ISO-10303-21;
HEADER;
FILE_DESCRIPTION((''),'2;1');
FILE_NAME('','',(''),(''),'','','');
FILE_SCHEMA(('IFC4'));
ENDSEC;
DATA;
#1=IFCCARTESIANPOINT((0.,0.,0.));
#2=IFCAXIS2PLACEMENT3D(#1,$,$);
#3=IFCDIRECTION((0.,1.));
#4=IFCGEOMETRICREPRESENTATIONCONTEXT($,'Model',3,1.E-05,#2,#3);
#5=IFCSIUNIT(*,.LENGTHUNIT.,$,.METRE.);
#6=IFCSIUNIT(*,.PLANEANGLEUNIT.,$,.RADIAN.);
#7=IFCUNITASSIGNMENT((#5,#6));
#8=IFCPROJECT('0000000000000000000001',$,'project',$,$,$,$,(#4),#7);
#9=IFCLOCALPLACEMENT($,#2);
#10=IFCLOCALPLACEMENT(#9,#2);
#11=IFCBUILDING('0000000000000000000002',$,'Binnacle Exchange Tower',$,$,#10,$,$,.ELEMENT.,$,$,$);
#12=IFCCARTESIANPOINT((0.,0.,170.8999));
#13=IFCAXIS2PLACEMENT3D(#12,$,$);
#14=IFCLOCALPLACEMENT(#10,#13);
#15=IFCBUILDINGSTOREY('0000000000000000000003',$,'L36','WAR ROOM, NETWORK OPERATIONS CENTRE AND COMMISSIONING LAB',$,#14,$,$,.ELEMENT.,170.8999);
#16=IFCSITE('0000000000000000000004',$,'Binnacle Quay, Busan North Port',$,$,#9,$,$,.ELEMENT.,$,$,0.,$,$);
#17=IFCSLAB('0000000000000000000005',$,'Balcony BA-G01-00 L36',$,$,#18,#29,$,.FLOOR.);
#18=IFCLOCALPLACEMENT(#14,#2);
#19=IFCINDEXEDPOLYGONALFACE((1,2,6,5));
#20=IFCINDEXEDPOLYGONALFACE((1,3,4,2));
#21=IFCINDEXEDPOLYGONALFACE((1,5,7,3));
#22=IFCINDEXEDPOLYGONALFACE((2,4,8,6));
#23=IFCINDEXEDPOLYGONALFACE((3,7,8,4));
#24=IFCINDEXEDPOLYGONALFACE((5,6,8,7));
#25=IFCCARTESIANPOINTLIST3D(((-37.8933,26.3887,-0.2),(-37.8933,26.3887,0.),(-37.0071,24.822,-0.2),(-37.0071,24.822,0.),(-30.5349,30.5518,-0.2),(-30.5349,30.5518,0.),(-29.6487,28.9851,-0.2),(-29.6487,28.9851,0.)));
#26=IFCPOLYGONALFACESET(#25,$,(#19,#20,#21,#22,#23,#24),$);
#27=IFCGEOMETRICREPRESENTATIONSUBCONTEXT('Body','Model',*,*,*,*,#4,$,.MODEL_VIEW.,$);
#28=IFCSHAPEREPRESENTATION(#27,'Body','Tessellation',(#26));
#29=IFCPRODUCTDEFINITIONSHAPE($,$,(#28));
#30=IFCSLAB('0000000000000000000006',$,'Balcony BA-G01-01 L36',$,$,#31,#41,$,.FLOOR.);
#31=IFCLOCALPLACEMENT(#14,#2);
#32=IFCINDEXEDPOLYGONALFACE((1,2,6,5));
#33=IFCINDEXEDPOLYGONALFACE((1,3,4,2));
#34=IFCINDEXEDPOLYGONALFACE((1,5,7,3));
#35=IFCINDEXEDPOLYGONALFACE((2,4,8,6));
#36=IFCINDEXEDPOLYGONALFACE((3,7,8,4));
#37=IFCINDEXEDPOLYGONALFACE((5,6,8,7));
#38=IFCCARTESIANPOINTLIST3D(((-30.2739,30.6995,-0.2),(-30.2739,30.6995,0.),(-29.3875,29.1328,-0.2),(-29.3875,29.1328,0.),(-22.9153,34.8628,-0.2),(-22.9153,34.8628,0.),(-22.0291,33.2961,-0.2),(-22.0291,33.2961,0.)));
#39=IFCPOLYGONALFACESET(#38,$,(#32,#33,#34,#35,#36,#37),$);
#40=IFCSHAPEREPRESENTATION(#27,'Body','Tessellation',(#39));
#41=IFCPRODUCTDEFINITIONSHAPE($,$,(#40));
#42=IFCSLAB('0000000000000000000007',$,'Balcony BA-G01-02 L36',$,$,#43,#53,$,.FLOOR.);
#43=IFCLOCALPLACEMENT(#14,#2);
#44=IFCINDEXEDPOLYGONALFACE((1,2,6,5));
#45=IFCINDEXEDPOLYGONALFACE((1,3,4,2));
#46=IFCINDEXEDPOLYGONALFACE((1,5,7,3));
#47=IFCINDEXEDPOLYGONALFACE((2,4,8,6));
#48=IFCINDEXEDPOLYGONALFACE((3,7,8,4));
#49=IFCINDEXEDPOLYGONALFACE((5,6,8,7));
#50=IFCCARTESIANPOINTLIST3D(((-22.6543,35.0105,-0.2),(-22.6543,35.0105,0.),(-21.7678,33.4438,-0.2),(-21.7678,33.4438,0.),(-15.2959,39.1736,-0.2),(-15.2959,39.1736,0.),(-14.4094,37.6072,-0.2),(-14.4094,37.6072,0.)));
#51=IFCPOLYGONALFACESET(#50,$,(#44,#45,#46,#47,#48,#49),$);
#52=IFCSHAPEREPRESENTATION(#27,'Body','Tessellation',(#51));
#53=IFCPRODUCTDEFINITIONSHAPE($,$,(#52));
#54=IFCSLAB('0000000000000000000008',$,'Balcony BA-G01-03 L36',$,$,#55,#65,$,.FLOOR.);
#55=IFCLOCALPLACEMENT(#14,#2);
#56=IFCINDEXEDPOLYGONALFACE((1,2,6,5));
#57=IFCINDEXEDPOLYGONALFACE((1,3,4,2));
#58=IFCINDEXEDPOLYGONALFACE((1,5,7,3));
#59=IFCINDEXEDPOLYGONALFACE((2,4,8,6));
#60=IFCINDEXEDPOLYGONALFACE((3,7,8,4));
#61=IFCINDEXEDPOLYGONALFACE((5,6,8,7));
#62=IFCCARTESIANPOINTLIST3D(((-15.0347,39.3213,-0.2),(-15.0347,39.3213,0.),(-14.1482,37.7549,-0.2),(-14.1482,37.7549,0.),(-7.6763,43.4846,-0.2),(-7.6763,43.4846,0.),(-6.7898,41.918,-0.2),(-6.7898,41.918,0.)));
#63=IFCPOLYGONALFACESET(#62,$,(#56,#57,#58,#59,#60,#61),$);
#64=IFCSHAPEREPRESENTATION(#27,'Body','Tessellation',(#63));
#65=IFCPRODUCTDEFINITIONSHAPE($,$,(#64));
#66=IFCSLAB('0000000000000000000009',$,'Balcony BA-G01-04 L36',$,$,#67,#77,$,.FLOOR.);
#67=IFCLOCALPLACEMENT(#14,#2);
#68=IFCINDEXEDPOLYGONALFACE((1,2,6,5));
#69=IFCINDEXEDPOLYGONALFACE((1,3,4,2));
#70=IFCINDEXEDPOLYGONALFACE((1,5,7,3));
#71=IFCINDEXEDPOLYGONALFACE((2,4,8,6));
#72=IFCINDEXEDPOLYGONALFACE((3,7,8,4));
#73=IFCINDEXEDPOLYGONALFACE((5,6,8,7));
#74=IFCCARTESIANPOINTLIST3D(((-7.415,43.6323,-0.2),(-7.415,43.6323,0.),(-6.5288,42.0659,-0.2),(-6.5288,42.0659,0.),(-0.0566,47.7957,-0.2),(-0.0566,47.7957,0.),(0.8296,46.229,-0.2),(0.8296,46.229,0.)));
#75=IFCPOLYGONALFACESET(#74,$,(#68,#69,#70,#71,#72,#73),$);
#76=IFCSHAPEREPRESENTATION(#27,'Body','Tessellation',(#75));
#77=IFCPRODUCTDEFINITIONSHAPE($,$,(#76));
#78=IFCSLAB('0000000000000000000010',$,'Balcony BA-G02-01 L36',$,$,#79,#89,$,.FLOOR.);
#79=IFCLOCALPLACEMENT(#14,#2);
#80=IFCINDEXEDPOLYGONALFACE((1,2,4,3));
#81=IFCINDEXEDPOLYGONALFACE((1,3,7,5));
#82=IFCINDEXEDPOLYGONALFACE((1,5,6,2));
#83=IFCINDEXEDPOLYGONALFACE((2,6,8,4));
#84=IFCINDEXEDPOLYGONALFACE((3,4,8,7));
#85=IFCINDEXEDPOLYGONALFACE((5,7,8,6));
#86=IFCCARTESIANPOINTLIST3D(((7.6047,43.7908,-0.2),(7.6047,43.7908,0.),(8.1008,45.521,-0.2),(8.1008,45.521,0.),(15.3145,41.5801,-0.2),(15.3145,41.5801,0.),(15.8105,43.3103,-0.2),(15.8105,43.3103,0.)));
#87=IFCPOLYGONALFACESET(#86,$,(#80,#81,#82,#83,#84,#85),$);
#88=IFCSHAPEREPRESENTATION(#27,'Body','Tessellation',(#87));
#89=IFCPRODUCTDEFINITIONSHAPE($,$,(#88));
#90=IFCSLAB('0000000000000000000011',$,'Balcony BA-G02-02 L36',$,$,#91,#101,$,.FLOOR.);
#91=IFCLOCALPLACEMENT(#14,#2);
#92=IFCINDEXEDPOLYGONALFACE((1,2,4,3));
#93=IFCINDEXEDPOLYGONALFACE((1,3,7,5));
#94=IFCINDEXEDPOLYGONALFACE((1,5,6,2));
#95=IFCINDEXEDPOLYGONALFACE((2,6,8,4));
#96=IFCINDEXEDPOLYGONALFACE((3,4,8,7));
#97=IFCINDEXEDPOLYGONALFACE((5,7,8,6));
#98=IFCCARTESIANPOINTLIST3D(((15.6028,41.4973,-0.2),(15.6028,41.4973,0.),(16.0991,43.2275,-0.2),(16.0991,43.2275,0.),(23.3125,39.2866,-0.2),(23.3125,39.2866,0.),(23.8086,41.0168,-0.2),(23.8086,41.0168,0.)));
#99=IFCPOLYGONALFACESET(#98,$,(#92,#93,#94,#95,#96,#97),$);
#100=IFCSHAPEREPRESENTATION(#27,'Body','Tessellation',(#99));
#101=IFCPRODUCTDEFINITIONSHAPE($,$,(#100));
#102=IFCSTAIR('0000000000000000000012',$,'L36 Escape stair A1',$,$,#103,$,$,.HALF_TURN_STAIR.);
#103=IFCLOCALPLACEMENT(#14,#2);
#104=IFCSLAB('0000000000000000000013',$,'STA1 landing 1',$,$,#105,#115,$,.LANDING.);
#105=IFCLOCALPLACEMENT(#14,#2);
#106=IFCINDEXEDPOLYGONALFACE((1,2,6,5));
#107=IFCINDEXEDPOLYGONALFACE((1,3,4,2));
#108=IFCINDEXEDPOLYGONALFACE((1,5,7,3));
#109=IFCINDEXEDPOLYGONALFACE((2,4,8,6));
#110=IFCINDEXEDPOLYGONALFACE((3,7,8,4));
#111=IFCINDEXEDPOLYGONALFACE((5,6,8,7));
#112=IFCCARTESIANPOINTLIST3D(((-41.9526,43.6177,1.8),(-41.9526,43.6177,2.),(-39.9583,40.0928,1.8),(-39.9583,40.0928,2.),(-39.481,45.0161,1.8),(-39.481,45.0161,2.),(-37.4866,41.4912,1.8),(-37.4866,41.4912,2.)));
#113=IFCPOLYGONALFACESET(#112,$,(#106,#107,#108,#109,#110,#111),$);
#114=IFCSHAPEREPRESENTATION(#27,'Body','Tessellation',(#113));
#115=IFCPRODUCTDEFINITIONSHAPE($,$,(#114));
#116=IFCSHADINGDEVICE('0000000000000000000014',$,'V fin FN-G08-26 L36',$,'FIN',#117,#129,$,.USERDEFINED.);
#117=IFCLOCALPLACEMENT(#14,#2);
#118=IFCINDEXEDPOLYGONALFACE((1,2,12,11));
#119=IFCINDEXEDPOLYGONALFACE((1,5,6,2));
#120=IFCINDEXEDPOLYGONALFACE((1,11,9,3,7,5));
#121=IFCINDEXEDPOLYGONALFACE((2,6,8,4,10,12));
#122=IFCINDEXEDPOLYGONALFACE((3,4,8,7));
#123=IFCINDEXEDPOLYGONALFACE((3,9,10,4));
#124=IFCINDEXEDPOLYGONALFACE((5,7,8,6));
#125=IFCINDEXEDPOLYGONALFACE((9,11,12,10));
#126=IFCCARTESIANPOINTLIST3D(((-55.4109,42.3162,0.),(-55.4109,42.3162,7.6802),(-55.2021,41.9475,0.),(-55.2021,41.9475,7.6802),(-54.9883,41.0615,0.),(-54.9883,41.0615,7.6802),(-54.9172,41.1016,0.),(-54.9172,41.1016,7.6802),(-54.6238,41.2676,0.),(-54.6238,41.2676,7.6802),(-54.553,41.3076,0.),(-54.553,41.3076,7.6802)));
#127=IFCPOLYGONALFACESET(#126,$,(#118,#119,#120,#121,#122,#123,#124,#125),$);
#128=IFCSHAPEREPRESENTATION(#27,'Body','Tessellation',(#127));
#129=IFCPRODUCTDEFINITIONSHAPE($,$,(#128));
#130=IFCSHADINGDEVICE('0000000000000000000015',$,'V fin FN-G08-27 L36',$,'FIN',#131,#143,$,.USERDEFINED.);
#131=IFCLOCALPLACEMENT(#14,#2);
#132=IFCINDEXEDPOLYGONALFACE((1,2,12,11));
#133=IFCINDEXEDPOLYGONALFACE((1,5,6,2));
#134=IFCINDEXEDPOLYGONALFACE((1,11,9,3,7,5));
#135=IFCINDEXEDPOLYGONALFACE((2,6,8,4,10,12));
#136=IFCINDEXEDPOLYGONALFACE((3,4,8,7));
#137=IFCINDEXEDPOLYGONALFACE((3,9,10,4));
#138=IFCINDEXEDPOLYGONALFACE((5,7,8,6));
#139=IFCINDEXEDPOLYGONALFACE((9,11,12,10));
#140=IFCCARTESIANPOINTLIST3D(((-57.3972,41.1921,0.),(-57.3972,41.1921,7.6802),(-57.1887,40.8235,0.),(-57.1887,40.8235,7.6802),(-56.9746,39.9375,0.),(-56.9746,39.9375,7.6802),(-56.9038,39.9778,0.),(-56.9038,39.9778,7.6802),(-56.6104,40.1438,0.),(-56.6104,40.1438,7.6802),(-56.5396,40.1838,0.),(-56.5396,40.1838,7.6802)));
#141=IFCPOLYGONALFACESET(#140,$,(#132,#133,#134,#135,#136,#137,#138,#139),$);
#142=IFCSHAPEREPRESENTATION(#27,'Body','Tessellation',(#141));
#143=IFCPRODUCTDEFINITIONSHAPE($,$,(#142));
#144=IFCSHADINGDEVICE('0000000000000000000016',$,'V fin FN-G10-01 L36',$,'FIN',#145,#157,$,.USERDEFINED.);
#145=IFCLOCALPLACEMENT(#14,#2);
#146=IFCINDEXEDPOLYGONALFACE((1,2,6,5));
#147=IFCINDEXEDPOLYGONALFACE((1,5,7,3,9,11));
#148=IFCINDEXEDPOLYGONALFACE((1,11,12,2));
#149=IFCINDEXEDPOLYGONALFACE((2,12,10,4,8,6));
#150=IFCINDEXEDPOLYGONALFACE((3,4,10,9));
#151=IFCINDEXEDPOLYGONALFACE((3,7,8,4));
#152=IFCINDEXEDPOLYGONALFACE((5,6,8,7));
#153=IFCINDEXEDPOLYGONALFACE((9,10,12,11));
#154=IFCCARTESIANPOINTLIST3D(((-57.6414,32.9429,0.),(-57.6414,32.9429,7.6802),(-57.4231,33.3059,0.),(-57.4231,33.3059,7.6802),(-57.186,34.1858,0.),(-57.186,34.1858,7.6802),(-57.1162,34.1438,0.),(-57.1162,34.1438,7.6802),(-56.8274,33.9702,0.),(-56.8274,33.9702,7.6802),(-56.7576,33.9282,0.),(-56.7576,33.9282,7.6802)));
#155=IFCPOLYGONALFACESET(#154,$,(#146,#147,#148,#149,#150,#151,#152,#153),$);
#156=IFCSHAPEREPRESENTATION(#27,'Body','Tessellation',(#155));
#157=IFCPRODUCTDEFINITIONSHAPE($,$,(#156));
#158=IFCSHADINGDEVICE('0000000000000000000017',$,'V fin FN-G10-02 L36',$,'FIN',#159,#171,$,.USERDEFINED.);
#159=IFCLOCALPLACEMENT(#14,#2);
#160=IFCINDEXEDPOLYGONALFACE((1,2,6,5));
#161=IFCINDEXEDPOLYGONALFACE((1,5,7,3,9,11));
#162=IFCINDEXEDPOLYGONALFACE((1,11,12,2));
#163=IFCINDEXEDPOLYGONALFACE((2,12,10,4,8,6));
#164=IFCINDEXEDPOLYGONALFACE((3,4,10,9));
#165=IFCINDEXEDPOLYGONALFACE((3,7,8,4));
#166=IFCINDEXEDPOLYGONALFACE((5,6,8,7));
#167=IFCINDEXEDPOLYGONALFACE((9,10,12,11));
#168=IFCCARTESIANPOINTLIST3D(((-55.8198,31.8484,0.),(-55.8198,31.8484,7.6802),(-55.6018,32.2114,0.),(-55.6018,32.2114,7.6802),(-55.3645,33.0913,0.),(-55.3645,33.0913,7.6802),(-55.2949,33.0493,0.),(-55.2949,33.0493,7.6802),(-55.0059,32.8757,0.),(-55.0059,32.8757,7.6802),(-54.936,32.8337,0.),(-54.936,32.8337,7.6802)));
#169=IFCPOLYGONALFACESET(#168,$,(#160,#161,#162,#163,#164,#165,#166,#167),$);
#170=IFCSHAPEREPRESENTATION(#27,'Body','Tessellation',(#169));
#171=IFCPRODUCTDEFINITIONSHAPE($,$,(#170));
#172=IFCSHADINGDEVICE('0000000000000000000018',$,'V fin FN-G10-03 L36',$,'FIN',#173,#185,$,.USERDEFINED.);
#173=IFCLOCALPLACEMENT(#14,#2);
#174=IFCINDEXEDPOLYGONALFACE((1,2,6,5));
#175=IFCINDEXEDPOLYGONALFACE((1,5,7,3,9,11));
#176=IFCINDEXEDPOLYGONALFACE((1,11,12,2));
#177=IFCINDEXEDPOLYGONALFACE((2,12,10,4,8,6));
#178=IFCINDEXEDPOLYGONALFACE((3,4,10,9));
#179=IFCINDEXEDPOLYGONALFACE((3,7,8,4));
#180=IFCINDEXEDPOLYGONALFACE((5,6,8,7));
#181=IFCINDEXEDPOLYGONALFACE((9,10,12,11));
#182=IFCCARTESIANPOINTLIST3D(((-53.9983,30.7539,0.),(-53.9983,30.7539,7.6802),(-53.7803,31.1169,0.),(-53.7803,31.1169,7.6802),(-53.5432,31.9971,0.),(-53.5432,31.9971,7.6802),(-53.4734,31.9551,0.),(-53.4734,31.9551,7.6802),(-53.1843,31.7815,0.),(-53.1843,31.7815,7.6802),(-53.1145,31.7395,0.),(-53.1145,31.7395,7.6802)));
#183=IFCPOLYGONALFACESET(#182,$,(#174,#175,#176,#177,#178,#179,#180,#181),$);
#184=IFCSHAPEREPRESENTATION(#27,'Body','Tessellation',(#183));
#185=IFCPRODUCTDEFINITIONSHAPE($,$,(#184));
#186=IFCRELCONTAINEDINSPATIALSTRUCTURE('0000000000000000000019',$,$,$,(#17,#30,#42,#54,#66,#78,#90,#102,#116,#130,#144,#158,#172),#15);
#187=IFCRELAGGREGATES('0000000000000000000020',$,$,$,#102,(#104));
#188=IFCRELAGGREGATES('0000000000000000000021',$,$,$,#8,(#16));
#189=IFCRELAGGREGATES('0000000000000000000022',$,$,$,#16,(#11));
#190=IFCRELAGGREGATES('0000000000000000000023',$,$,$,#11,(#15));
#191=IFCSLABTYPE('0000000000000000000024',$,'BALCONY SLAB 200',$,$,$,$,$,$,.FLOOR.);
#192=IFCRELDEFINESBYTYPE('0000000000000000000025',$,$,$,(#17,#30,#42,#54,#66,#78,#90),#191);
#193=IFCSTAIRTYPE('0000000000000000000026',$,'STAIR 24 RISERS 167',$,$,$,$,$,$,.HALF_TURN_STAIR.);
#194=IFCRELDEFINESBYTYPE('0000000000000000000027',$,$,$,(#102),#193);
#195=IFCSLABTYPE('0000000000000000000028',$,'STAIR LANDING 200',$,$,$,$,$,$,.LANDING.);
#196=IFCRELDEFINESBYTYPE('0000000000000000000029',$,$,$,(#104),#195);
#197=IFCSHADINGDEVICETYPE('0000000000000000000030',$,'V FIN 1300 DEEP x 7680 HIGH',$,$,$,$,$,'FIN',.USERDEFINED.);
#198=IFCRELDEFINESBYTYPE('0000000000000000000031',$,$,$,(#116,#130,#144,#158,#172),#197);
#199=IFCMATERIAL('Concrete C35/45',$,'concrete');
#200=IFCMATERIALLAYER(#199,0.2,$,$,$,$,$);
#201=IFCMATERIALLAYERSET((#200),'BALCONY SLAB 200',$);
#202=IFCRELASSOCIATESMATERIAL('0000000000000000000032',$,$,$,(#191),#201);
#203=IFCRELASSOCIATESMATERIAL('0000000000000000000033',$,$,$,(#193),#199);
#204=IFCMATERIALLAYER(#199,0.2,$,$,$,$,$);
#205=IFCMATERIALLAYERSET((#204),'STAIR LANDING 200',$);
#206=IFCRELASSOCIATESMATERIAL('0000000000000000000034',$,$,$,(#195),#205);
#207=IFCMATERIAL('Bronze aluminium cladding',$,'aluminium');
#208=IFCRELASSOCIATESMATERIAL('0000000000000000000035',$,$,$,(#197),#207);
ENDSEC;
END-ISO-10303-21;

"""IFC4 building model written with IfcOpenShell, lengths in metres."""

from ifc_helpers import new_model, si_unit, direction, frame, origin, place, context, subcontext, project, spatial, polyline, outline, extrude, material, layer, layer_set, type_object, element, aggregate, save


model = new_model("IFC4")

# Units and contexts
model_context = context("Model", 3, precision=1e-05, world=origin(), true_north=direction((0.0, 1.0)))
body_context = subcontext(model_context, "Body", "Model", "MODEL_VIEW")
ifc_project = project(units=[si_unit("LENGTHUNIT", "METRE"), si_unit("PLANEANGLEUNIT", "RADIAN")], contexts=[model_context])

# Site, building, storey
site_placement = place(None, origin())
site = spatial("IfcSite", under=ifc_project, at=site_placement, Name="Binnacle Quay, Busan North Port", CompositionType="ELEMENT", RefElevation=0.0)
building_placement = place(site_placement, origin())
building = spatial("IfcBuilding", under=site, at=building_placement, Name="Binnacle Exchange Tower", CompositionType="ELEMENT")
storey_placement = place(building_placement, frame((0.0, 0.0, 170.8999)))
storey = spatial("IfcBuildingStorey", under=building, at=storey_placement, Name="L36", Description="WAR ROOM, NETWORK OPERATIONS CENTRE AND COMMISSIONING LAB", CompositionType="ELEMENT", Elevation=170.8999)

# Slabs
ifc_material_1 = material(Name="Concrete C35/45", Category="concrete")
ifc_layer_1 = layer(ifc_material_1, 0.2)
ifc_layer_set_1 = layer_set([ifc_layer_1], Name="BALCONY SLAB 200")
slab_type_1 = type_object("IfcSlabType", Name="BALCONY SLAB 200", PredefinedType="FLOOR", material=ifc_layer_set_1)
slab_1_placement = place(storey_placement, frame((0.0, 0.0, -0.2)))
element("IfcSlab", 1, at=slab_1_placement, inside=storey, type_object=slab_type_1, Name="Balcony BA-G01-00 L36", PredefinedType="FLOOR", context=body_context, shape_type="SweptSolid", body=[
    extrude(outline(polyline([(-37.8933, 26.3887), (-30.5349, 30.5518), (-29.6487, 28.9851), (-37.0071, 24.822), (-37.8933, 26.3887)])), origin(), (0.0, 0.0, 1.0), 0.2),
])
slab_2_placement = place(storey_placement, frame((0.0, 0.0, -0.2)))
element("IfcSlab", 2, at=slab_2_placement, inside=storey, type_object=slab_type_1, Name="Balcony BA-G01-01 L36", PredefinedType="FLOOR", context=body_context, shape_type="SweptSolid", body=[
    extrude(outline(polyline([(-30.2739, 30.6995), (-22.9153, 34.8628), (-22.0291, 33.2961), (-29.3875, 29.1328), (-30.2739, 30.6995)])), origin(), (0.0, 0.0, 1.0), 0.2),
])
slab_3_placement = place(storey_placement, frame((0.0, 0.0, -0.2)))
element("IfcSlab", 3, at=slab_3_placement, inside=storey, type_object=slab_type_1, Name="Balcony BA-G01-02 L36", PredefinedType="FLOOR", context=body_context, shape_type="SweptSolid", body=[
    extrude(outline(polyline([(-22.6543, 35.0105), (-15.2959, 39.1736), (-14.4094, 37.6072), (-21.7678, 33.4438), (-22.6543, 35.0105)])), origin(), (0.0, 0.0, 1.0), 0.2),
])
slab_4_placement = place(storey_placement, frame((0.0, 0.0, -0.2)))
element("IfcSlab", 4, at=slab_4_placement, inside=storey, type_object=slab_type_1, Name="Balcony BA-G01-03 L36", PredefinedType="FLOOR", context=body_context, shape_type="SweptSolid", body=[
    extrude(outline(polyline([(-15.0347, 39.3213), (-7.6763, 43.4846), (-6.7898, 41.918), (-14.1482, 37.7549), (-15.0347, 39.3213)])), origin(), (0.0, 0.0, 1.0), 0.2),
])
slab_5_placement = place(storey_placement, frame((0.0, 0.0, -0.2)))
element("IfcSlab", 5, at=slab_5_placement, inside=storey, type_object=slab_type_1, Name="Balcony BA-G01-04 L36", PredefinedType="FLOOR", context=body_context, shape_type="SweptSolid", body=[
    extrude(outline(polyline([(-7.415, 43.6323), (-0.0566, 47.7957), (0.8296, 46.229), (-6.5288, 42.0659), (-7.415, 43.6323)])), origin(), (0.0, 0.0, 1.0), 0.2),
])
slab_6_placement = place(storey_placement, frame((0.0, 0.0, -0.2)))
element("IfcSlab", 6, at=slab_6_placement, inside=storey, type_object=slab_type_1, Name="Balcony BA-G02-01 L36", PredefinedType="FLOOR", context=body_context, shape_type="SweptSolid", body=[
    extrude(outline(polyline([(8.1008, 45.521), (15.8105, 43.3103), (15.3145, 41.5801), (7.6047, 43.7908), (8.1008, 45.521)])), origin(), (0.0, 0.0, 1.0), 0.2),
])
slab_7_placement = place(storey_placement, frame((0.0, 0.0, -0.2)))
element("IfcSlab", 7, at=slab_7_placement, inside=storey, type_object=slab_type_1, Name="Balcony BA-G02-02 L36", PredefinedType="FLOOR", context=body_context, shape_type="SweptSolid", body=[
    extrude(outline(polyline([(16.0991, 43.2275), (23.8086, 41.0168), (23.3125, 39.2866), (15.6028, 41.4973), (16.0991, 43.2275)])), origin(), (0.0, 0.0, 1.0), 0.2),
])

# Stair, slab
stair_type = type_object("IfcStairType", Name="STAIR 24 RISERS 167", PredefinedType="HALF_TURN_STAIR", material=ifc_material_1)
stair_placement = place(storey_placement, origin())
stair = element("IfcStair", 8, at=stair_placement, inside=storey, type_object=stair_type, Name="L36 Escape stair A1", PredefinedType="HALF_TURN_STAIR")
ifc_layer_2 = layer(ifc_material_1, 0.2)
ifc_layer_set_2 = layer_set([ifc_layer_2], Name="STAIR LANDING 200")
slab_type_2 = type_object("IfcSlabType", Name="STAIR LANDING 200", PredefinedType="LANDING", material=ifc_layer_set_2)
slab_8_placement = place(storey_placement, frame((0.0, 0.0, 1.8)))
slab_8 = element("IfcSlab", 9, at=slab_8_placement, type_object=slab_type_2, Name="STA1 landing 1", PredefinedType="LANDING", context=body_context, shape_type="SweptSolid", body=[
    extrude(outline(polyline([(-39.9583, 40.0928), (-37.4866, 41.4912), (-39.481, 45.0161), (-41.9526, 43.6177), (-39.9583, 40.0928)])), origin(), (0.0, 0.0, 1.0), 0.2),
])
aggregate(stair, [slab_8])

# Shading devices
ifc_material_2 = material(Name="Bronze aluminium cladding", Category="aluminium")
shading_device_type = type_object("IfcShadingDeviceType", Name="V FIN 1300 DEEP x 7680 HIGH", ElementType="FIN", PredefinedType="USERDEFINED", material=ifc_material_2)
shading_device_1_placement = place(storey_placement, origin())
element("IfcShadingDevice", 10, at=shading_device_1_placement, inside=storey, type_object=shading_device_type, Name="V fin FN-G08-26 L36", ObjectType="FIN", PredefinedType="USERDEFINED", context=body_context, shape_type="SweptSolid", body=[
    extrude(outline(polyline([(-54.553, 41.3076), (-55.4109, 42.3162), (-54.9883, 41.0615), (-54.9172, 41.1016), (-55.2021, 41.9475), (-54.6238, 41.2676), (-54.553, 41.3076)])), origin(), (0.0, 0.0, 1.0), 7.6802),
])
shading_device_2_placement = place(storey_placement, origin())
element("IfcShadingDevice", 11, at=shading_device_2_placement, inside=storey, type_object=shading_device_type, Name="V fin FN-G08-27 L36", ObjectType="FIN", PredefinedType="USERDEFINED", context=body_context, shape_type="SweptSolid", body=[
    extrude(outline(polyline([(-56.5396, 40.1838), (-57.3972, 41.1921), (-56.9746, 39.9375), (-56.9038, 39.9778), (-57.1887, 40.8235), (-56.6104, 40.1438), (-56.5396, 40.1838)])), origin(), (0.0, 0.0, 1.0), 7.6802),
])
shading_device_3_placement = place(storey_placement, origin())
element("IfcShadingDevice", 12, at=shading_device_3_placement, inside=storey, type_object=shading_device_type, Name="V fin FN-G10-01 L36", ObjectType="FIN", PredefinedType="USERDEFINED", context=body_context, shape_type="SweptSolid", body=[
    extrude(outline(polyline([(-57.186, 34.1858), (-57.6414, 32.9429), (-56.7576, 33.9282), (-56.8274, 33.9702), (-57.4231, 33.3059), (-57.1162, 34.1438), (-57.186, 34.1858)])), origin(), (0.0, 0.0, 1.0), 7.6802),
])
shading_device_4_placement = place(storey_placement, origin())
element("IfcShadingDevice", 13, at=shading_device_4_placement, inside=storey, type_object=shading_device_type, Name="V fin FN-G10-02 L36", ObjectType="FIN", PredefinedType="USERDEFINED", context=body_context, shape_type="SweptSolid", body=[
    extrude(outline(polyline([(-55.3645, 33.0913), (-55.8198, 31.8484), (-54.936, 32.8337), (-55.0059, 32.8757), (-55.6018, 32.2114), (-55.2949, 33.0493), (-55.3645, 33.0913)])), origin(), (0.0, 0.0, 1.0), 7.6802),
])
shading_device_5_placement = place(storey_placement, origin())
element("IfcShadingDevice", 14, at=shading_device_5_placement, inside=storey, type_object=shading_device_type, Name="V fin FN-G10-03 L36", ObjectType="FIN", PredefinedType="USERDEFINED", context=body_context, shape_type="SweptSolid", body=[
    extrude(outline(polyline([(-53.5432, 31.9971), (-53.9983, 30.7539), (-53.1145, 31.7395), (-53.1843, 31.7815), (-53.7803, 31.1169), (-53.4734, 31.9551), (-53.5432, 31.9971)])), origin(), (0.0, 0.0, 1.0), 7.6802),
])

save(model, "model.ifc")
